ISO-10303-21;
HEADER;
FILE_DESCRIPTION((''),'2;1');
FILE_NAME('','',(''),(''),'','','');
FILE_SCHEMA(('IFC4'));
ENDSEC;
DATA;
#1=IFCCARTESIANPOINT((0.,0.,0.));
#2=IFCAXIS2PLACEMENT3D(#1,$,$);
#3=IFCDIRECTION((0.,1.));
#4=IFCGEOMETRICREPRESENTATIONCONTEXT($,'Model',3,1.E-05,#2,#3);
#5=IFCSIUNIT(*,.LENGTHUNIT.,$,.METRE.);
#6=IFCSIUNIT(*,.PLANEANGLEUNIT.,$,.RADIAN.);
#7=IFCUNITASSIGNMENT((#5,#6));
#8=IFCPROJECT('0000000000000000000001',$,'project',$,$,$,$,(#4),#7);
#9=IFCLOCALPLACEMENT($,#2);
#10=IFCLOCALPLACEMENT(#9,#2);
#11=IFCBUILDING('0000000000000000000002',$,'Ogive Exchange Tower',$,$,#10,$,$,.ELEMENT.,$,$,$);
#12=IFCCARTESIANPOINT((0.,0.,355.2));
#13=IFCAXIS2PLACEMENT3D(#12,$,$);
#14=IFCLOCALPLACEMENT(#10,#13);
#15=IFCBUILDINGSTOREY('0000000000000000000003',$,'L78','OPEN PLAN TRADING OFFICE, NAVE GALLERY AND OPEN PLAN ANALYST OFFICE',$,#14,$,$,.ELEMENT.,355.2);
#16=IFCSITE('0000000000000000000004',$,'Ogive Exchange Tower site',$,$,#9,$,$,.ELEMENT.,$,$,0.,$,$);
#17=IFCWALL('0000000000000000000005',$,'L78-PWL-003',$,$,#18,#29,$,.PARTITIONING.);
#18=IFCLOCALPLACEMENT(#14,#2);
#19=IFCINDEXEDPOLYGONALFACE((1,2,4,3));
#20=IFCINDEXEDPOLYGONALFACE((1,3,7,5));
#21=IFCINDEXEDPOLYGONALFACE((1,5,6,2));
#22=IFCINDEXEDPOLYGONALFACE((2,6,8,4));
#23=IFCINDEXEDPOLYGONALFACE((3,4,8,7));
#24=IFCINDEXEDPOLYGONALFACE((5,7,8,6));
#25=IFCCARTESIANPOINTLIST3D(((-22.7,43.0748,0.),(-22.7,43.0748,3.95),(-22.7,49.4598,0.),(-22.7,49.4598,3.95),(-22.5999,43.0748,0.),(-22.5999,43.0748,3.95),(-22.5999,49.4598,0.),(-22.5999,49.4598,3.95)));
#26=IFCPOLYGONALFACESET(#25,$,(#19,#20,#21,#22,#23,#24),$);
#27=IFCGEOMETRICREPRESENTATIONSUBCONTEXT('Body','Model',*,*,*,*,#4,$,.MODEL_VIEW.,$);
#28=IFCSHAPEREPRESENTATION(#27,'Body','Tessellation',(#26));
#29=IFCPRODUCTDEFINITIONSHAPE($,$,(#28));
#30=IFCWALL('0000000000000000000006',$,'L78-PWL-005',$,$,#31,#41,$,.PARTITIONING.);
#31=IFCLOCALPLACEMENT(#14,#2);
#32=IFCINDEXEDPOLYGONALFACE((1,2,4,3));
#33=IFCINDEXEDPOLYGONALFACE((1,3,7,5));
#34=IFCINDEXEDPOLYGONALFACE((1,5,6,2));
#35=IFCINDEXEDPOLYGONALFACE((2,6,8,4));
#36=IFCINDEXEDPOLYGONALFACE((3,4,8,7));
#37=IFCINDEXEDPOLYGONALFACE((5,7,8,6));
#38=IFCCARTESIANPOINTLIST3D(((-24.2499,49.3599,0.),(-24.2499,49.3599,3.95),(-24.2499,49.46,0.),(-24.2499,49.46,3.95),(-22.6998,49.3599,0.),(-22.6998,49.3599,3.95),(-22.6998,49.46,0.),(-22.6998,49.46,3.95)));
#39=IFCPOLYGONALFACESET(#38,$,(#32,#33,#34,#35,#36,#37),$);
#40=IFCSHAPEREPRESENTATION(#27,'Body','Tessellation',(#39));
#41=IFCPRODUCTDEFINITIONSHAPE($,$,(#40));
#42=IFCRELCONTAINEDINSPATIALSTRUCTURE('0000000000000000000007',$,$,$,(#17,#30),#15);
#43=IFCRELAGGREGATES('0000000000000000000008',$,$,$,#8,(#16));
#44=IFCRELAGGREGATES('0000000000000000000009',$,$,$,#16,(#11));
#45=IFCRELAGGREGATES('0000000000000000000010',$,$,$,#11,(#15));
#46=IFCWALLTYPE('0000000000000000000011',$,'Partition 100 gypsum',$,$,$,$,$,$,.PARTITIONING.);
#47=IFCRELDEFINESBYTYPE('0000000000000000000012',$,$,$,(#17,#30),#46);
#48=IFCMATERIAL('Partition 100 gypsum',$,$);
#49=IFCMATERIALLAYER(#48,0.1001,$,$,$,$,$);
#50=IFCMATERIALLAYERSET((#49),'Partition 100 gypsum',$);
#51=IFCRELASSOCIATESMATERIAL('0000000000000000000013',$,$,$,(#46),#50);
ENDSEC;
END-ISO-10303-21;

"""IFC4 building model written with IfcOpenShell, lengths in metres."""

from ifc_helpers import new_model, si_unit, direction, frame, frame_2d, origin, place, context, subcontext, project, spatial, rectangle, extrude, material, layer, layer_set, type_object, element, save


model = new_model("IFC4")

# Units and contexts
model_context = context("Model", 3, precision=1e-05, world=origin(), true_north=direction((0.0, 1.0)))
body_context = subcontext(model_context, "Body", "Model", "MODEL_VIEW")
ifc_project = project(units=[si_unit("LENGTHUNIT", "METRE"), si_unit("PLANEANGLEUNIT", "RADIAN")], contexts=[model_context])

# Site, building, storey
site_placement = place(None, origin())
site = spatial("IfcSite", under=ifc_project, at=site_placement, Name="Ogive Exchange Tower site", CompositionType="ELEMENT", RefElevation=0.0)
building_placement = place(site_placement, origin())
building = spatial("IfcBuilding", under=site, at=building_placement, Name="Ogive Exchange Tower", CompositionType="ELEMENT")
storey_placement = place(building_placement, frame((0.0, 0.0, 355.2)))
storey = spatial("IfcBuildingStorey", under=building, at=storey_placement, Name="L78", Description="OPEN PLAN TRADING OFFICE, NAVE GALLERY AND OPEN PLAN ANALYST OFFICE", CompositionType="ELEMENT", Elevation=355.2)

# Walls
ifc_material_1 = material(Name="Partition 100 gypsum")
ifc_layer_1 = layer(ifc_material_1, 0.1001)
ifc_layer_set_1 = layer_set([ifc_layer_1], Name="Partition 100 gypsum")
wall_type_1 = type_object("IfcWallType", Name="Partition 100 gypsum", PredefinedType="PARTITIONING", material=ifc_layer_set_1)
wall_1_placement = place(storey_placement, frame((-22.6499, 43.075, 0.0), z_axis=(0.0, 0.0, 1.0), x_axis=(0.0, 1.0, 0.0)))
element("IfcWall", 1, at=wall_1_placement, inside=storey, type_object=wall_type_1, Name="L78-PWL-003", PredefinedType="PARTITIONING", context=body_context, shape_type="SweptSolid", body=[
    extrude(rectangle(XDim=6.385, YDim=0.1001, at=frame_2d((3.1924, 0.0))), origin(), (0.0, 0.0, 1.0), 3.95),
])
wall_2_placement = place(storey_placement, frame((-22.7, 49.4099, 0.0), z_axis=(0.0, 0.0, 1.0), x_axis=(-1.0, 0.0, 0.0)))
element("IfcWall", 2, at=wall_2_placement, inside=storey, type_object=wall_type_1, Name="L78-PWL-005", PredefinedType="PARTITIONING", context=body_context, shape_type="SweptSolid", body=[
    extrude(rectangle(XDim=1.55, YDim=0.1001, at=frame_2d((0.7749, 0.0))), origin(), (0.0, 0.0, 1.0), 3.95),
])

save(model, "model.ifc")
